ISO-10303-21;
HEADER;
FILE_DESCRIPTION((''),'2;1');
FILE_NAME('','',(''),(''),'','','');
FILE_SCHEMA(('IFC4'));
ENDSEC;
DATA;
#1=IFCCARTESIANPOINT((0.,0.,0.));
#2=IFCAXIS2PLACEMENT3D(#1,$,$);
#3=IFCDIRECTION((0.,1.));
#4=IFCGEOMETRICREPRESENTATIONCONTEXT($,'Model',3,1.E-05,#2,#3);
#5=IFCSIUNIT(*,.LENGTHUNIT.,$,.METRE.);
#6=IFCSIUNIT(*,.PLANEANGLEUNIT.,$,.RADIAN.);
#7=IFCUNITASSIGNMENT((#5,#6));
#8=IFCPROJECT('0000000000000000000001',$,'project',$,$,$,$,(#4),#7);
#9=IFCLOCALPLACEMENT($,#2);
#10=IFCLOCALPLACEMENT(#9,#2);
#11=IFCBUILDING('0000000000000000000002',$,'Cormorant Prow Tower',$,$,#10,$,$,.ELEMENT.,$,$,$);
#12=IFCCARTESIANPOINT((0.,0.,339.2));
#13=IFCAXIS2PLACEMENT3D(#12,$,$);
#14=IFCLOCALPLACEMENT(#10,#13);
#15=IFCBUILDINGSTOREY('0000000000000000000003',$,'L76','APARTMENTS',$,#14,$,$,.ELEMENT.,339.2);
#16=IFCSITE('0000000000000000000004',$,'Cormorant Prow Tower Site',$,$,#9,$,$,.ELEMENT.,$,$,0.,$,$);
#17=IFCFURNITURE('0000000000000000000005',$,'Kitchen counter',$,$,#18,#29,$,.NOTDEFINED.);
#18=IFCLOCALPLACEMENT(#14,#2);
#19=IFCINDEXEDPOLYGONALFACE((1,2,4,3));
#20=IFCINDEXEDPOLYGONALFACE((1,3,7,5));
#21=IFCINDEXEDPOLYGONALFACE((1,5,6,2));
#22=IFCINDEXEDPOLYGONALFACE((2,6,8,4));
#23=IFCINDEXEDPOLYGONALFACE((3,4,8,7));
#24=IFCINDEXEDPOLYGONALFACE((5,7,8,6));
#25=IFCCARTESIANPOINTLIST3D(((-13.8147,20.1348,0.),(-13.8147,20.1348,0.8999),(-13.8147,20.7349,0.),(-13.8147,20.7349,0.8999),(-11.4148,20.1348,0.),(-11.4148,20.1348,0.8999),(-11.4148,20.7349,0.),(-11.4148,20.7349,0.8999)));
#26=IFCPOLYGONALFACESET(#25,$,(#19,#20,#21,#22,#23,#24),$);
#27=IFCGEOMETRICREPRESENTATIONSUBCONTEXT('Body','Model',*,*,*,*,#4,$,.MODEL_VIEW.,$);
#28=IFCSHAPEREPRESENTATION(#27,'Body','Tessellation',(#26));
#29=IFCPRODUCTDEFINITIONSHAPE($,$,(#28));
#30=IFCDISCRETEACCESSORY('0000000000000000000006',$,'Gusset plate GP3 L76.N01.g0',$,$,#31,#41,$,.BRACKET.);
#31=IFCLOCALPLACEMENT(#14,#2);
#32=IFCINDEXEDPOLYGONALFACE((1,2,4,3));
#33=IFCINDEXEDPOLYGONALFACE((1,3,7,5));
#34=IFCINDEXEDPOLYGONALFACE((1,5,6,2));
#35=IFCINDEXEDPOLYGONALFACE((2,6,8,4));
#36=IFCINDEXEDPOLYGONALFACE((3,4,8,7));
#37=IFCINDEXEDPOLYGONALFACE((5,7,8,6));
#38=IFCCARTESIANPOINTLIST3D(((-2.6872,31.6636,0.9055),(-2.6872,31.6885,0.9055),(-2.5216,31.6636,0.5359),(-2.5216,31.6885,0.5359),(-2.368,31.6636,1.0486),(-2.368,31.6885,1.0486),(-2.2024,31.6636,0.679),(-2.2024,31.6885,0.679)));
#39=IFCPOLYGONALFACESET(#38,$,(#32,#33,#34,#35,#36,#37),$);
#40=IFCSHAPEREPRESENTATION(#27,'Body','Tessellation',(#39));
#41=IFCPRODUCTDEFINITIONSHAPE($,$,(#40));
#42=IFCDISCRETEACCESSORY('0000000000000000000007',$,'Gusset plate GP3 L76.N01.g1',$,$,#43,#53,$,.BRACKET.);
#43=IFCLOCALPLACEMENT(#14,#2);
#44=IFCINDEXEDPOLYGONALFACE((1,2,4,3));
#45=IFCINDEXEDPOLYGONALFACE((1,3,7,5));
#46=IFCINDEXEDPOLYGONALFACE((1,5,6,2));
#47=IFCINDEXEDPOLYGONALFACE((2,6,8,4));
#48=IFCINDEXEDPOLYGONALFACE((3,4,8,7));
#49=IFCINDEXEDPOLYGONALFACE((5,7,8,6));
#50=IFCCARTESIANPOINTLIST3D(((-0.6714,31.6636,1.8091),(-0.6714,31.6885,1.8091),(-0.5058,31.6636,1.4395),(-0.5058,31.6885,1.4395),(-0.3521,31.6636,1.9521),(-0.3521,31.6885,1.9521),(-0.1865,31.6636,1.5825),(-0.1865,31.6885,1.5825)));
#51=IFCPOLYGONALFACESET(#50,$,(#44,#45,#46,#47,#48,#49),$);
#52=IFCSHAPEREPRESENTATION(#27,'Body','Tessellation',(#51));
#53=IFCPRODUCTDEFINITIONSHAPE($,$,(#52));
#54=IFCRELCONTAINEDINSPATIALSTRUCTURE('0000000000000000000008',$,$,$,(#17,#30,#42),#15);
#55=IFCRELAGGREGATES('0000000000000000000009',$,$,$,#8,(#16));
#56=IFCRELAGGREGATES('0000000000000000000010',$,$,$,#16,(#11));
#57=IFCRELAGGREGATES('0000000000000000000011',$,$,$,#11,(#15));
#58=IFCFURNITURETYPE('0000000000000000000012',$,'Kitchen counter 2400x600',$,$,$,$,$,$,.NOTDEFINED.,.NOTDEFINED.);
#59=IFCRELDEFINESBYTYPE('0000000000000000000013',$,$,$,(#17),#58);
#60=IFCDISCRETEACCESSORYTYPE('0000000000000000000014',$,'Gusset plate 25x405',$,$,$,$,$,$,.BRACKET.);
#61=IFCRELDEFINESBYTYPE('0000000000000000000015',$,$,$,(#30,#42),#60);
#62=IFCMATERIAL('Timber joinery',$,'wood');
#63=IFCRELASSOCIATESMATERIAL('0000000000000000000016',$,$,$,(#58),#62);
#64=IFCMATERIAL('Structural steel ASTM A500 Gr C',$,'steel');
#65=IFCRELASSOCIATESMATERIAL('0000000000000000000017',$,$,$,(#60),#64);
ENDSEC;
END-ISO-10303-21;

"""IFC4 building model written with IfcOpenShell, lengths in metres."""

from ifc_helpers import new_model, si_unit, direction, frame, origin, origin_2d, place, context, subcontext, project, spatial, rectangle, extrude, material, material_profile, profile_set, type_object, element, save


model = new_model("IFC4")

# Units and contexts
model_context = context("Model", 3, precision=1e-05, world=origin(), true_north=direction((0.0, 1.0)))
body_context = subcontext(model_context, "Body", "Model", "MODEL_VIEW")
ifc_project = project(units=[si_unit("LENGTHUNIT", "METRE"), si_unit("PLANEANGLEUNIT", "RADIAN")], contexts=[model_context])

# Site, building, storey
site_placement = place(None, origin())
site = spatial("IfcSite", under=ifc_project, at=site_placement, Name="Cormorant Prow Tower Site", CompositionType="ELEMENT", RefElevation=0.0)
building_placement = place(site_placement, origin())
building = spatial("IfcBuilding", under=site, at=building_placement, Name="Cormorant Prow Tower", CompositionType="ELEMENT")
storey_placement = place(building_placement, frame((0.0, 0.0, 339.2)))
storey = spatial("IfcBuildingStorey", under=building, at=storey_placement, Name="L76", Description="APARTMENTS", CompositionType="ELEMENT", Elevation=339.2)

# Furniture
ifc_material_1 = material(Name="Timber joinery", Category="wood")
furniture_type = type_object("IfcFurnitureType", Name="Kitchen counter 2400x600", AssemblyPlace="NOTDEFINED", PredefinedType="NOTDEFINED", material=ifc_material_1)
furniture_placement = place(storey_placement, frame((-12.6147, 20.4348, 0.0), z_axis=(0.0, 0.0, 1.0), x_axis=(1.0, 0.0, 0.0)))
element("IfcFurniture", 1, at=furniture_placement, inside=storey, type_object=furniture_type, Name="Kitchen counter", PredefinedType="NOTDEFINED", context=body_context, shape_type="SweptSolid", body=[
    extrude(rectangle(XDim=2.3999, YDim=0.6001, at=origin_2d()), origin(), (0.0, 0.0, 1.0), 0.8999),
])

# Discrete accessories
ifc_material_2 = material(Name="Structural steel ASTM A500 Gr C", Category="steel")
ifc_material_profile_1 = material_profile(ifc_material_2, rectangle(XDim=0.0249, YDim=0.405, at=origin_2d()), Name="Gusset plate 25x405")
ifc_profile_set_1 = profile_set([ifc_material_profile_1], Name="Structural steel ASTM A500 Gr C")
discrete_accessory_type = type_object("IfcDiscreteAccessoryType", Name="Gusset plate 25x405", PredefinedType="BRACKET", material=ifc_profile_set_1)
for number, where, z_axis, x_axis, name in (
    (2, (-2.2852, 31.676, 0.8638), (-0.912599, 0.0, -0.408856), (0.0, -1.0, 0.0), "Gusset plate GP3 L76.N01.g0"),
    (3, (-0.5886, 31.676, 1.6243), (0.912599, 0.0, 0.408856), (0.0, 1.0, 0.0), "Gusset plate GP3 L76.N01.g1"),
):
    element("IfcDiscreteAccessory", number, at=place(storey_placement, frame(where, z_axis=z_axis, x_axis=x_axis)), inside=storey, type_object=discrete_accessory_type, Name=name, PredefinedType="BRACKET", context=body_context, shape_type="SweptSolid", body=[
        extrude(rectangle(XDim=0.0249, YDim=0.405, at=origin_2d()), origin(), (0.0, 0.0, 1.0), 0.3499),
    ])

save(model, "model.ifc")
